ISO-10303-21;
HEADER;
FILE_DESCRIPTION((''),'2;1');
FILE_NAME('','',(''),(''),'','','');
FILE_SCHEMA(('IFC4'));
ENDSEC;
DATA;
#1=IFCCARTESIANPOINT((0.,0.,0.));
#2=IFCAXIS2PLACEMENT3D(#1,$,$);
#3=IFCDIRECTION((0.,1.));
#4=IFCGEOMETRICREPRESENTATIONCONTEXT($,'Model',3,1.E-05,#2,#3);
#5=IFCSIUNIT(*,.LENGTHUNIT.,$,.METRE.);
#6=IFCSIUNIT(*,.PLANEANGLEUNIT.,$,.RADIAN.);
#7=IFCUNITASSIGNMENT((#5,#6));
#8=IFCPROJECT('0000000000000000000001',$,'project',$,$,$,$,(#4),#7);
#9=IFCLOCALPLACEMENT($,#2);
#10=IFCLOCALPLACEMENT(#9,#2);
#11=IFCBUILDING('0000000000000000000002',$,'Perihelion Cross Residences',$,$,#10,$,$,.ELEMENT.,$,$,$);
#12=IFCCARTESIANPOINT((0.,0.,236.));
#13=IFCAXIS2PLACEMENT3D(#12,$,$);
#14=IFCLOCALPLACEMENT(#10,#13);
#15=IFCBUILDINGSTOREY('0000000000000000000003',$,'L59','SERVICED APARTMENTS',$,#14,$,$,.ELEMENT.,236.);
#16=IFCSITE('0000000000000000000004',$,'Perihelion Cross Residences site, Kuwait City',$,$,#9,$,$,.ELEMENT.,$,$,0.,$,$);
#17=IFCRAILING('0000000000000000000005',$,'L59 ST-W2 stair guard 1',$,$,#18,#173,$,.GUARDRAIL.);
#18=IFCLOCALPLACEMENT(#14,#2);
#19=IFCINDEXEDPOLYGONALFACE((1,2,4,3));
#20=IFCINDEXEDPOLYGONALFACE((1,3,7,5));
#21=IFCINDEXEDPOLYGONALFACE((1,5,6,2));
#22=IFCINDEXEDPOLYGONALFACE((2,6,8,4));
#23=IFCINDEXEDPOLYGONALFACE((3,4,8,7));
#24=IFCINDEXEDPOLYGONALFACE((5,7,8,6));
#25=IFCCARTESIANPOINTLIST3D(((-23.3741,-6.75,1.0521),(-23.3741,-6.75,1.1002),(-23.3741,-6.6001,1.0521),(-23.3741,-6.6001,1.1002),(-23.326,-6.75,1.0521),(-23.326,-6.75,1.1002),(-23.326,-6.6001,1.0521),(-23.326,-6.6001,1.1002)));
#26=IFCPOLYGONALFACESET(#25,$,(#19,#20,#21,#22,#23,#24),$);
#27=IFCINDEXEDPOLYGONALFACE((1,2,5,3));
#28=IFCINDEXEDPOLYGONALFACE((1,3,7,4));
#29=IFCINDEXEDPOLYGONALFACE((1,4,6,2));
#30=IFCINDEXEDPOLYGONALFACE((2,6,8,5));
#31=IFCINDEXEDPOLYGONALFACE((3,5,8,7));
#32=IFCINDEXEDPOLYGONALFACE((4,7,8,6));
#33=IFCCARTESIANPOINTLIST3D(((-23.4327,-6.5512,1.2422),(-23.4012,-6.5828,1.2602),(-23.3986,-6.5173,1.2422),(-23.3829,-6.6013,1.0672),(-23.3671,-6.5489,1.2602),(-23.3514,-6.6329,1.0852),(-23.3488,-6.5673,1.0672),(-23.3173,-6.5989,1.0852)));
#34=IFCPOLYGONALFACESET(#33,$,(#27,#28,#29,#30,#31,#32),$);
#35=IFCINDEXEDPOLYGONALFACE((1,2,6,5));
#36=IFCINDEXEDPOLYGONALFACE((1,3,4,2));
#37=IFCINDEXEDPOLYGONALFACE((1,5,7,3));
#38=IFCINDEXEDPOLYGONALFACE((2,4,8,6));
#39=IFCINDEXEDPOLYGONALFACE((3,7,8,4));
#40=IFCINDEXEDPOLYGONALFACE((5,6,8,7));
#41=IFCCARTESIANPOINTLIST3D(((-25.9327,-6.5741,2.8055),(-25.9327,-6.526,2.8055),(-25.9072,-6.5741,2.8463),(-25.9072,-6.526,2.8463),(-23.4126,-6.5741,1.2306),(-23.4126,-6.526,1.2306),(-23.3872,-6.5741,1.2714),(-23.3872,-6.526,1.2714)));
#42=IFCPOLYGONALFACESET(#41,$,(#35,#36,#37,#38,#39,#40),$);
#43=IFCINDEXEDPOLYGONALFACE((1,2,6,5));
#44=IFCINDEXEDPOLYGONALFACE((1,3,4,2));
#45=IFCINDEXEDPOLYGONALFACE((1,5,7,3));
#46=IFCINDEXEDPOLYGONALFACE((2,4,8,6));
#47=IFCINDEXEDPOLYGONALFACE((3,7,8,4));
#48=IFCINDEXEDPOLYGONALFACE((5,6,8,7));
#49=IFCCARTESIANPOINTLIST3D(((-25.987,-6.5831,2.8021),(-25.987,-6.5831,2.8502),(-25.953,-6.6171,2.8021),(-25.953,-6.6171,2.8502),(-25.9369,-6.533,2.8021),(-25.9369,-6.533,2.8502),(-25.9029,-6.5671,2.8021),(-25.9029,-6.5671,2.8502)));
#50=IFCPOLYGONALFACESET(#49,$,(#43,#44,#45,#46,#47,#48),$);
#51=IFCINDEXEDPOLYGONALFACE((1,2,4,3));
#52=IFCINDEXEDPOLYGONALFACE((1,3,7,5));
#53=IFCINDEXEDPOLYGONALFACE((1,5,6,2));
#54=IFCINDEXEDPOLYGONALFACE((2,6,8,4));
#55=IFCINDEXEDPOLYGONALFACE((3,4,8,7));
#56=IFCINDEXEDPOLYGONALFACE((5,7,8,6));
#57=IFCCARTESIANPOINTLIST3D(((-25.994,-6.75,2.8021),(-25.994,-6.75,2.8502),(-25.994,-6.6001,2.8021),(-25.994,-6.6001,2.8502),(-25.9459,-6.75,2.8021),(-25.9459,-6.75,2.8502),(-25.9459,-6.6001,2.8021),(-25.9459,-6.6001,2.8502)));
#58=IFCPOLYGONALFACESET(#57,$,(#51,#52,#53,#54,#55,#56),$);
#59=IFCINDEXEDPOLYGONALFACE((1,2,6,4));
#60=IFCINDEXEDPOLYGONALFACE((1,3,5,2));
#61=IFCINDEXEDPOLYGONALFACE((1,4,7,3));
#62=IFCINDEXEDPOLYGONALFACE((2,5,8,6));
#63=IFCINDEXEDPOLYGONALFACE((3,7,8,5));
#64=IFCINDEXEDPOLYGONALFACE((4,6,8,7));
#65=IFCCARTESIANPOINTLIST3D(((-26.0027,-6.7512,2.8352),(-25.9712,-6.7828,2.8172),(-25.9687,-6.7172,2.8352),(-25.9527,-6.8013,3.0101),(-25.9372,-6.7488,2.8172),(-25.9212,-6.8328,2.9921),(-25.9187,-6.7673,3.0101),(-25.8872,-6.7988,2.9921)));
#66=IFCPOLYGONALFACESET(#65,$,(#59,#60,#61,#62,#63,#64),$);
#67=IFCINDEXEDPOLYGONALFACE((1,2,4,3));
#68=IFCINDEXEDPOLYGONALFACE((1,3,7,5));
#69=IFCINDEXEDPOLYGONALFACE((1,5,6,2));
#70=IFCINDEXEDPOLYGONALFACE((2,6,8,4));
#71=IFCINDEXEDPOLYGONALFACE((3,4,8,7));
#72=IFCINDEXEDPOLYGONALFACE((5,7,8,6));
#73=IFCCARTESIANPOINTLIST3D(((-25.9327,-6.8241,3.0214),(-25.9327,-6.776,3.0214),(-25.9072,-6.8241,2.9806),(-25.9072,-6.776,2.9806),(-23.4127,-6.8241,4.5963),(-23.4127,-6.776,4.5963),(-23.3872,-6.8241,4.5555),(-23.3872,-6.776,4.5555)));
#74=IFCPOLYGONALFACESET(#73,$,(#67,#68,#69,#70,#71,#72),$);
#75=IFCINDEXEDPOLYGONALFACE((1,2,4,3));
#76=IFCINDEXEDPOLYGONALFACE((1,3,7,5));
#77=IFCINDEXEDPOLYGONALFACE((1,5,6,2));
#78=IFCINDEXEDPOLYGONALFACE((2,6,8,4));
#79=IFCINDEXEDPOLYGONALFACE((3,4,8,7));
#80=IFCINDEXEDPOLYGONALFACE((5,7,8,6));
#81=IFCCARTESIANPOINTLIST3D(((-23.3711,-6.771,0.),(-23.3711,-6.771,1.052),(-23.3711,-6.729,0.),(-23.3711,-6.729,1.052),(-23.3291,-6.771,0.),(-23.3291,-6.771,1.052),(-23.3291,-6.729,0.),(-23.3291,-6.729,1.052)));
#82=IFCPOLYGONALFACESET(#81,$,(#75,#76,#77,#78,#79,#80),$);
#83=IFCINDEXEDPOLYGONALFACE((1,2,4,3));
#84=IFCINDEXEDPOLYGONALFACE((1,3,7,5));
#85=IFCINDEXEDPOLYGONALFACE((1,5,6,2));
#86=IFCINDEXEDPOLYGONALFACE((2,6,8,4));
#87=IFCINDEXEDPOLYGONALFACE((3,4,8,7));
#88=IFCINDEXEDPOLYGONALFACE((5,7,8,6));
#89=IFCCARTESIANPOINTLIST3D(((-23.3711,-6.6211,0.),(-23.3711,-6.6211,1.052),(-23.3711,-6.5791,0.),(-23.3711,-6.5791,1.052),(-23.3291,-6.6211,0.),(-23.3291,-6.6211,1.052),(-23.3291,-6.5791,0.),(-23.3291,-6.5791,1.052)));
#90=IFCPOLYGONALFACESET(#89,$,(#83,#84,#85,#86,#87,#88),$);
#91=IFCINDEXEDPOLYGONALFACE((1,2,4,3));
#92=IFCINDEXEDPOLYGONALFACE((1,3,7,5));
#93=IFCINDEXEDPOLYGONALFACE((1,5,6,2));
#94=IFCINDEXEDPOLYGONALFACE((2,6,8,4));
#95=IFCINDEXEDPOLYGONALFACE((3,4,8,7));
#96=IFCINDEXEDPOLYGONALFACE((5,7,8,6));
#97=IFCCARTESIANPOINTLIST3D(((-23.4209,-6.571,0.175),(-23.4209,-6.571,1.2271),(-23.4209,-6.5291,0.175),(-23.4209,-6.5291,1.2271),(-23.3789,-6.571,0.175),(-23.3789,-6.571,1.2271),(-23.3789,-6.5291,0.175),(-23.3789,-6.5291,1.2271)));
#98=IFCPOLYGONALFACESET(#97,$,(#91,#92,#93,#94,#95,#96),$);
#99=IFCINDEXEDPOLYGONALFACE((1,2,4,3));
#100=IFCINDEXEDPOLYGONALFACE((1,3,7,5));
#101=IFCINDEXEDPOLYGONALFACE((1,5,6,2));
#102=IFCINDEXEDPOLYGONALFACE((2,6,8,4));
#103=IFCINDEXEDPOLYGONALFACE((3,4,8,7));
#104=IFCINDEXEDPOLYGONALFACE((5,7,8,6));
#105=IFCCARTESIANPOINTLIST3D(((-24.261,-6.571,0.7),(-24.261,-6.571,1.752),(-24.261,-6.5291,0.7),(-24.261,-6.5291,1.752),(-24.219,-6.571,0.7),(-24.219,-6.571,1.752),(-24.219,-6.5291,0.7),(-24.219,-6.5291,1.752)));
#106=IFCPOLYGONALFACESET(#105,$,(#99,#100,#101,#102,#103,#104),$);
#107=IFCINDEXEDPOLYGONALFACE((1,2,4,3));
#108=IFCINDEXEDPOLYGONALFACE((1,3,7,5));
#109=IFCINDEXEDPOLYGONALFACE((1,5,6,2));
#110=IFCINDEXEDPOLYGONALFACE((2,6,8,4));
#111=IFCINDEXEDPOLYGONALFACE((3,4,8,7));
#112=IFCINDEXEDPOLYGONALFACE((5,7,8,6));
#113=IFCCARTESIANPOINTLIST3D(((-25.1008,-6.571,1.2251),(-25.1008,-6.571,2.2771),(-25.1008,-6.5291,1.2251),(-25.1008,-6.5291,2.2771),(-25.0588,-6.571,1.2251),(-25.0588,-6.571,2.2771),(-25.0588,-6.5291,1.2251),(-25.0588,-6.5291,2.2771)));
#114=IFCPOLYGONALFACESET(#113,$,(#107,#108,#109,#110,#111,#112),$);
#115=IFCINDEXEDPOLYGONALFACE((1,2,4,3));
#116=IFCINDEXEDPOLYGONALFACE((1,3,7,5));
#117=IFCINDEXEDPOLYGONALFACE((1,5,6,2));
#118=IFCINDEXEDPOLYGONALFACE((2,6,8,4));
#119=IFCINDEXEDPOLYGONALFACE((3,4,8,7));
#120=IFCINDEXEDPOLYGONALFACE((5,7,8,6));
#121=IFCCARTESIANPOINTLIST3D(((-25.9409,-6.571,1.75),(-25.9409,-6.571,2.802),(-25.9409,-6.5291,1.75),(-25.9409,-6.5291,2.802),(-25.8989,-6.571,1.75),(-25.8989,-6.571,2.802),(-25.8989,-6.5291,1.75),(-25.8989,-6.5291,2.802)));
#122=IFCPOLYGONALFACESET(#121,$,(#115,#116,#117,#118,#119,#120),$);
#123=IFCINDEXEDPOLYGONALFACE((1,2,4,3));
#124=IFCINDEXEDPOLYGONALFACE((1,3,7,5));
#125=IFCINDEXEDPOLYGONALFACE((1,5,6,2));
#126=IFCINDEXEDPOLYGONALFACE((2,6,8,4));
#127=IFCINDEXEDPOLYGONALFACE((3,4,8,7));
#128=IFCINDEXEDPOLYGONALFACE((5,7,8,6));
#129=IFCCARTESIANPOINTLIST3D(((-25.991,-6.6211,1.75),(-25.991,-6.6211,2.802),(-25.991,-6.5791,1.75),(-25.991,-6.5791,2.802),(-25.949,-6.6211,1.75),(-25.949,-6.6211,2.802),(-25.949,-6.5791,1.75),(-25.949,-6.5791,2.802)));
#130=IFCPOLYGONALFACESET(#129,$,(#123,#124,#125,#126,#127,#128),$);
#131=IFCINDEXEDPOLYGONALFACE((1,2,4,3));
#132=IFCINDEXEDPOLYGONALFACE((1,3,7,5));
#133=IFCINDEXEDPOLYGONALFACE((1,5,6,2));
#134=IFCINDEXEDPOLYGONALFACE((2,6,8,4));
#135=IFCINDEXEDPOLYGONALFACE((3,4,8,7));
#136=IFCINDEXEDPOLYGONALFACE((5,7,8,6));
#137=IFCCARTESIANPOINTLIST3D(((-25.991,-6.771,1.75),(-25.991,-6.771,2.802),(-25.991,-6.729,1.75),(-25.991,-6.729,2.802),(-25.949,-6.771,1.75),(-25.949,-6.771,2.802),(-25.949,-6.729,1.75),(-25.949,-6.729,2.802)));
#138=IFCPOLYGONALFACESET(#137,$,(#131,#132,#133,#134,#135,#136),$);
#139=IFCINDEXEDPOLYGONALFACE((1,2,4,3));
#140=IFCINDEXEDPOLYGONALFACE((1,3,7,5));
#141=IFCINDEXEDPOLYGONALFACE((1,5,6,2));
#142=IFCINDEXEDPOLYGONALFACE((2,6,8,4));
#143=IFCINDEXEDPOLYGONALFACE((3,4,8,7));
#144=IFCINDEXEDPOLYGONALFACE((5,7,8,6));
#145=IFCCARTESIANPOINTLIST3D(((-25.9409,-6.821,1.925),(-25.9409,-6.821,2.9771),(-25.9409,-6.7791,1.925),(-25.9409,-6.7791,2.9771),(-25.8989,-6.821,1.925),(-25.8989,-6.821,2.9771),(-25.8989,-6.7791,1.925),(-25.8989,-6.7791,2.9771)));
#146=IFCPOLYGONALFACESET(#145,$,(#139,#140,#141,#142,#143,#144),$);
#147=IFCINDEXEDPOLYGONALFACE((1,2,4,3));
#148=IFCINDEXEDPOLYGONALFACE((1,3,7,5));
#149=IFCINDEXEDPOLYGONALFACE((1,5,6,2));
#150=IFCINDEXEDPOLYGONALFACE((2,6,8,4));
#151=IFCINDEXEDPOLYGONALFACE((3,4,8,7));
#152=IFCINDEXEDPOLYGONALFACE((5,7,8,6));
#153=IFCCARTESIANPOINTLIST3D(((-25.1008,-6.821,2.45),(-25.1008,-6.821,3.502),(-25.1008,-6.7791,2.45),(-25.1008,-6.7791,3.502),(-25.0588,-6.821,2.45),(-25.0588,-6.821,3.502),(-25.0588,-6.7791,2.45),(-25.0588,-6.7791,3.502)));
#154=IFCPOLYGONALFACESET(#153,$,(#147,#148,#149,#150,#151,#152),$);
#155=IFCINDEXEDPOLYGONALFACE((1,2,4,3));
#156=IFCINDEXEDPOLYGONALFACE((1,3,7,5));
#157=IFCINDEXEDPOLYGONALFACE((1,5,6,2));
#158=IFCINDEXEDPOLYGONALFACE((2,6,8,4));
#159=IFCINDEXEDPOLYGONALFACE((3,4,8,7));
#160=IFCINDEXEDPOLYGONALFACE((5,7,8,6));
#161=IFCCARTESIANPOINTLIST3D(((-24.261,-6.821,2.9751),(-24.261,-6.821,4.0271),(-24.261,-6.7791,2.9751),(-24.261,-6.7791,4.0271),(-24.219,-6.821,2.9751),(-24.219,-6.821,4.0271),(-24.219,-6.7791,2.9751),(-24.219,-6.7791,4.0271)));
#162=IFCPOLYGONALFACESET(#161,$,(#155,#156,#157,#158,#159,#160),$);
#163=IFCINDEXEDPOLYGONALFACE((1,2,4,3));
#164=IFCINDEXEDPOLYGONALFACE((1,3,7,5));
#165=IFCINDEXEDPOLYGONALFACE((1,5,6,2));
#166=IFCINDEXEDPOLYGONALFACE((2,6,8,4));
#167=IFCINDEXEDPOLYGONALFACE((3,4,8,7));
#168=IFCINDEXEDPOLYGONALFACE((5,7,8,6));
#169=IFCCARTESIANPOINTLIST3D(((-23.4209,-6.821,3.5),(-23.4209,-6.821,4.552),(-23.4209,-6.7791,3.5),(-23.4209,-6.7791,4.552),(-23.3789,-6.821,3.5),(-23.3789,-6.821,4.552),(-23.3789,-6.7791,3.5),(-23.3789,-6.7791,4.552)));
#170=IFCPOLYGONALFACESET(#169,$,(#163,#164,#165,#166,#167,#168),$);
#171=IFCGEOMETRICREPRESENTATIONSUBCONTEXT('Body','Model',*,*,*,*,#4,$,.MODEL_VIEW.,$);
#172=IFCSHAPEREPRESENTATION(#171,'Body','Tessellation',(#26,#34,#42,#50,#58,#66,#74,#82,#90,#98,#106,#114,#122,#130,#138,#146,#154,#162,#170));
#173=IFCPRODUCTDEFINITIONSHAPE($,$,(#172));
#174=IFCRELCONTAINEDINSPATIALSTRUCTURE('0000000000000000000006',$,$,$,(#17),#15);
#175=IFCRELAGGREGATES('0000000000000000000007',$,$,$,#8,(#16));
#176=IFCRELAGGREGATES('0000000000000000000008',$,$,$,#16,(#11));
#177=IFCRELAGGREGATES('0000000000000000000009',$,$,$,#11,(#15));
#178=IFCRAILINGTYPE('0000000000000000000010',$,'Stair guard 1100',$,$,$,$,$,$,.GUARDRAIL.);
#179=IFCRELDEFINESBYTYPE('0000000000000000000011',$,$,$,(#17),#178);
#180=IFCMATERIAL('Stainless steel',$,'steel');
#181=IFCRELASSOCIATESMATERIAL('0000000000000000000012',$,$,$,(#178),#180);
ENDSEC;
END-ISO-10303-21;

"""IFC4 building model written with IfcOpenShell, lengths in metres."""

from ifc_helpers import new_model, si_unit, direction, frame, origin, origin_2d, place, context, subcontext, project, spatial, rectangle, extrude, material, type_object, element, save


model = new_model("IFC4")

# Units and contexts
model_context = context("Model", 3, precision=1e-05, world=origin(), true_north=direction((0.0, 1.0)))
body_context = subcontext(model_context, "Body", "Model", "MODEL_VIEW")
ifc_project = project(units=[si_unit("LENGTHUNIT", "METRE"), si_unit("PLANEANGLEUNIT", "RADIAN")], contexts=[model_context])

# Site, building, storey
site_placement = place(None, origin())
site = spatial("IfcSite", under=ifc_project, at=site_placement, Name="Perihelion Cross Residences site, Kuwait City", CompositionType="ELEMENT", RefElevation=0.0)
building_placement = place(site_placement, origin())
building = spatial("IfcBuilding", under=site, at=building_placement, Name="Perihelion Cross Residences", CompositionType="ELEMENT")
storey_placement = place(building_placement, frame((0.0, 0.0, 236.0)))
storey = spatial("IfcBuildingStorey", under=building, at=storey_placement, Name="L59", Description="SERVICED APARTMENTS", CompositionType="ELEMENT", Elevation=236.0)

# Railing
ifc_material_1 = material(Name="Stainless steel", Category="steel")
railing_type_1 = type_object("IfcRailingType", Name="Stair guard 1100", PredefinedType="GUARDRAIL", material=ifc_material_1)
railing_1_placement = place(storey_placement, frame((-23.3501, -6.75, 0.0)))
element("IfcRailing", 1, at=railing_1_placement, inside=storey, type_object=railing_type_1, Name="L59 ST-W2 stair guard 1", PredefinedType="GUARDRAIL", context=body_context, shape_type="SweptSolid", body=[
    extrude(rectangle(XDim=0.0481, YDim=0.0481, at=origin_2d()), frame((0.0, 0.0, 1.0762), z_axis=(0.0, 1.0, 0.0), x_axis=(-1.0, 0.0, 0.0)), (0.0, 0.0, 1.0), 0.1499),
    extrude(rectangle(XDim=0.0481, YDim=0.0481, at=origin_2d()), frame((0.0, 0.1499, 1.0762), z_axis=(-0.263862, 0.265156, 0.927399), x_axis=(-0.708834, -0.705376, 0.0)), (0.0, 0.0, 1.0), 0.1887),
    extrude(rectangle(XDim=0.0481, YDim=0.0481, at=origin_2d()), frame((-0.0498, 0.2, 1.251), z_axis=(-0.848008, 0.0, 0.529984), x_axis=(0.0, -1.0, 0.0)), (0.0, 0.0, 1.0), 2.9717),
    extrude(rectangle(XDim=0.0481, YDim=0.0481, at=origin_2d()), frame((-2.5698, 0.2, 2.8262), z_axis=(-0.707107, -0.707107, 0.0), x_axis=(0.707107, -0.707107, 0.0)), (0.0, 0.0, 1.0), 0.0708),
    extrude(rectangle(XDim=0.0481, YDim=0.0481, at=origin_2d()), frame((-2.6199, 0.1499, 2.8262), z_axis=(0.0, -1.0, 0.0), x_axis=(1.0, 0.0, 0.0)), (0.0, 0.0, 1.0), 0.1499),
    extrude(rectangle(XDim=0.0481, YDim=0.0481, at=origin_2d()), frame((-2.6199, 0.0, 2.8262), z_axis=(0.265065, -0.265065, 0.927082), x_axis=(0.707107, 0.707107, 0.0)), (0.0, 0.0, 1.0), 0.1887),
    extrude(rectangle(XDim=0.0481, YDim=0.0481, at=origin_2d()), frame((-2.5698, -0.05, 3.001), z_axis=(0.848008, 0.0, 0.529984), x_axis=(0.0, 1.0, 0.0)), (0.0, 0.0, 1.0), 2.9717),
    extrude(rectangle(XDim=0.042, YDim=0.042, at=origin_2d()), origin(), (0.0, 0.0, 1.0), 1.052),
    extrude(rectangle(XDim=0.042, YDim=0.042, at=origin_2d()), frame((0.0, 0.1499, 0.0)), (0.0, 0.0, 1.0), 1.052),
    extrude(rectangle(XDim=0.042, YDim=0.042, at=origin_2d()), frame((-0.0498, 0.2, 0.175)), (0.0, 0.0, 1.0), 1.052),
    extrude(rectangle(XDim=0.042, YDim=0.042, at=origin_2d()), frame((-0.8899, 0.2, 0.7)), (0.0, 0.0, 1.0), 1.052),
    extrude(rectangle(XDim=0.042, YDim=0.042, at=origin_2d()), frame((-1.7297, 0.2, 1.2251)), (0.0, 0.0, 1.0), 1.052),
    extrude(rectangle(XDim=0.042, YDim=0.042, at=origin_2d()), frame((-2.5698, 0.2, 1.75)), (0.0, 0.0, 1.0), 1.052),
    extrude(rectangle(XDim=0.042, YDim=0.042, at=origin_2d()), frame((-2.6199, 0.1499, 1.75)), (0.0, 0.0, 1.0), 1.052),
    extrude(rectangle(XDim=0.042, YDim=0.042, at=origin_2d()), frame((-2.6199, 0.0, 1.75)), (0.0, 0.0, 1.0), 1.052),
    extrude(rectangle(XDim=0.042, YDim=0.042, at=origin_2d()), frame((-2.5698, -0.05, 1.925)), (0.0, 0.0, 1.0), 1.052),
    extrude(rectangle(XDim=0.042, YDim=0.042, at=origin_2d()), frame((-1.7297, -0.05, 2.45)), (0.0, 0.0, 1.0), 1.052),
    extrude(rectangle(XDim=0.042, YDim=0.042, at=origin_2d()), frame((-0.8899, -0.05, 2.9751)), (0.0, 0.0, 1.0), 1.052),
    extrude(rectangle(XDim=0.042, YDim=0.042, at=origin_2d()), frame((-0.0498, -0.05, 3.5)), (0.0, 0.0, 1.0), 1.052),
])

save(model, "model.ifc")
